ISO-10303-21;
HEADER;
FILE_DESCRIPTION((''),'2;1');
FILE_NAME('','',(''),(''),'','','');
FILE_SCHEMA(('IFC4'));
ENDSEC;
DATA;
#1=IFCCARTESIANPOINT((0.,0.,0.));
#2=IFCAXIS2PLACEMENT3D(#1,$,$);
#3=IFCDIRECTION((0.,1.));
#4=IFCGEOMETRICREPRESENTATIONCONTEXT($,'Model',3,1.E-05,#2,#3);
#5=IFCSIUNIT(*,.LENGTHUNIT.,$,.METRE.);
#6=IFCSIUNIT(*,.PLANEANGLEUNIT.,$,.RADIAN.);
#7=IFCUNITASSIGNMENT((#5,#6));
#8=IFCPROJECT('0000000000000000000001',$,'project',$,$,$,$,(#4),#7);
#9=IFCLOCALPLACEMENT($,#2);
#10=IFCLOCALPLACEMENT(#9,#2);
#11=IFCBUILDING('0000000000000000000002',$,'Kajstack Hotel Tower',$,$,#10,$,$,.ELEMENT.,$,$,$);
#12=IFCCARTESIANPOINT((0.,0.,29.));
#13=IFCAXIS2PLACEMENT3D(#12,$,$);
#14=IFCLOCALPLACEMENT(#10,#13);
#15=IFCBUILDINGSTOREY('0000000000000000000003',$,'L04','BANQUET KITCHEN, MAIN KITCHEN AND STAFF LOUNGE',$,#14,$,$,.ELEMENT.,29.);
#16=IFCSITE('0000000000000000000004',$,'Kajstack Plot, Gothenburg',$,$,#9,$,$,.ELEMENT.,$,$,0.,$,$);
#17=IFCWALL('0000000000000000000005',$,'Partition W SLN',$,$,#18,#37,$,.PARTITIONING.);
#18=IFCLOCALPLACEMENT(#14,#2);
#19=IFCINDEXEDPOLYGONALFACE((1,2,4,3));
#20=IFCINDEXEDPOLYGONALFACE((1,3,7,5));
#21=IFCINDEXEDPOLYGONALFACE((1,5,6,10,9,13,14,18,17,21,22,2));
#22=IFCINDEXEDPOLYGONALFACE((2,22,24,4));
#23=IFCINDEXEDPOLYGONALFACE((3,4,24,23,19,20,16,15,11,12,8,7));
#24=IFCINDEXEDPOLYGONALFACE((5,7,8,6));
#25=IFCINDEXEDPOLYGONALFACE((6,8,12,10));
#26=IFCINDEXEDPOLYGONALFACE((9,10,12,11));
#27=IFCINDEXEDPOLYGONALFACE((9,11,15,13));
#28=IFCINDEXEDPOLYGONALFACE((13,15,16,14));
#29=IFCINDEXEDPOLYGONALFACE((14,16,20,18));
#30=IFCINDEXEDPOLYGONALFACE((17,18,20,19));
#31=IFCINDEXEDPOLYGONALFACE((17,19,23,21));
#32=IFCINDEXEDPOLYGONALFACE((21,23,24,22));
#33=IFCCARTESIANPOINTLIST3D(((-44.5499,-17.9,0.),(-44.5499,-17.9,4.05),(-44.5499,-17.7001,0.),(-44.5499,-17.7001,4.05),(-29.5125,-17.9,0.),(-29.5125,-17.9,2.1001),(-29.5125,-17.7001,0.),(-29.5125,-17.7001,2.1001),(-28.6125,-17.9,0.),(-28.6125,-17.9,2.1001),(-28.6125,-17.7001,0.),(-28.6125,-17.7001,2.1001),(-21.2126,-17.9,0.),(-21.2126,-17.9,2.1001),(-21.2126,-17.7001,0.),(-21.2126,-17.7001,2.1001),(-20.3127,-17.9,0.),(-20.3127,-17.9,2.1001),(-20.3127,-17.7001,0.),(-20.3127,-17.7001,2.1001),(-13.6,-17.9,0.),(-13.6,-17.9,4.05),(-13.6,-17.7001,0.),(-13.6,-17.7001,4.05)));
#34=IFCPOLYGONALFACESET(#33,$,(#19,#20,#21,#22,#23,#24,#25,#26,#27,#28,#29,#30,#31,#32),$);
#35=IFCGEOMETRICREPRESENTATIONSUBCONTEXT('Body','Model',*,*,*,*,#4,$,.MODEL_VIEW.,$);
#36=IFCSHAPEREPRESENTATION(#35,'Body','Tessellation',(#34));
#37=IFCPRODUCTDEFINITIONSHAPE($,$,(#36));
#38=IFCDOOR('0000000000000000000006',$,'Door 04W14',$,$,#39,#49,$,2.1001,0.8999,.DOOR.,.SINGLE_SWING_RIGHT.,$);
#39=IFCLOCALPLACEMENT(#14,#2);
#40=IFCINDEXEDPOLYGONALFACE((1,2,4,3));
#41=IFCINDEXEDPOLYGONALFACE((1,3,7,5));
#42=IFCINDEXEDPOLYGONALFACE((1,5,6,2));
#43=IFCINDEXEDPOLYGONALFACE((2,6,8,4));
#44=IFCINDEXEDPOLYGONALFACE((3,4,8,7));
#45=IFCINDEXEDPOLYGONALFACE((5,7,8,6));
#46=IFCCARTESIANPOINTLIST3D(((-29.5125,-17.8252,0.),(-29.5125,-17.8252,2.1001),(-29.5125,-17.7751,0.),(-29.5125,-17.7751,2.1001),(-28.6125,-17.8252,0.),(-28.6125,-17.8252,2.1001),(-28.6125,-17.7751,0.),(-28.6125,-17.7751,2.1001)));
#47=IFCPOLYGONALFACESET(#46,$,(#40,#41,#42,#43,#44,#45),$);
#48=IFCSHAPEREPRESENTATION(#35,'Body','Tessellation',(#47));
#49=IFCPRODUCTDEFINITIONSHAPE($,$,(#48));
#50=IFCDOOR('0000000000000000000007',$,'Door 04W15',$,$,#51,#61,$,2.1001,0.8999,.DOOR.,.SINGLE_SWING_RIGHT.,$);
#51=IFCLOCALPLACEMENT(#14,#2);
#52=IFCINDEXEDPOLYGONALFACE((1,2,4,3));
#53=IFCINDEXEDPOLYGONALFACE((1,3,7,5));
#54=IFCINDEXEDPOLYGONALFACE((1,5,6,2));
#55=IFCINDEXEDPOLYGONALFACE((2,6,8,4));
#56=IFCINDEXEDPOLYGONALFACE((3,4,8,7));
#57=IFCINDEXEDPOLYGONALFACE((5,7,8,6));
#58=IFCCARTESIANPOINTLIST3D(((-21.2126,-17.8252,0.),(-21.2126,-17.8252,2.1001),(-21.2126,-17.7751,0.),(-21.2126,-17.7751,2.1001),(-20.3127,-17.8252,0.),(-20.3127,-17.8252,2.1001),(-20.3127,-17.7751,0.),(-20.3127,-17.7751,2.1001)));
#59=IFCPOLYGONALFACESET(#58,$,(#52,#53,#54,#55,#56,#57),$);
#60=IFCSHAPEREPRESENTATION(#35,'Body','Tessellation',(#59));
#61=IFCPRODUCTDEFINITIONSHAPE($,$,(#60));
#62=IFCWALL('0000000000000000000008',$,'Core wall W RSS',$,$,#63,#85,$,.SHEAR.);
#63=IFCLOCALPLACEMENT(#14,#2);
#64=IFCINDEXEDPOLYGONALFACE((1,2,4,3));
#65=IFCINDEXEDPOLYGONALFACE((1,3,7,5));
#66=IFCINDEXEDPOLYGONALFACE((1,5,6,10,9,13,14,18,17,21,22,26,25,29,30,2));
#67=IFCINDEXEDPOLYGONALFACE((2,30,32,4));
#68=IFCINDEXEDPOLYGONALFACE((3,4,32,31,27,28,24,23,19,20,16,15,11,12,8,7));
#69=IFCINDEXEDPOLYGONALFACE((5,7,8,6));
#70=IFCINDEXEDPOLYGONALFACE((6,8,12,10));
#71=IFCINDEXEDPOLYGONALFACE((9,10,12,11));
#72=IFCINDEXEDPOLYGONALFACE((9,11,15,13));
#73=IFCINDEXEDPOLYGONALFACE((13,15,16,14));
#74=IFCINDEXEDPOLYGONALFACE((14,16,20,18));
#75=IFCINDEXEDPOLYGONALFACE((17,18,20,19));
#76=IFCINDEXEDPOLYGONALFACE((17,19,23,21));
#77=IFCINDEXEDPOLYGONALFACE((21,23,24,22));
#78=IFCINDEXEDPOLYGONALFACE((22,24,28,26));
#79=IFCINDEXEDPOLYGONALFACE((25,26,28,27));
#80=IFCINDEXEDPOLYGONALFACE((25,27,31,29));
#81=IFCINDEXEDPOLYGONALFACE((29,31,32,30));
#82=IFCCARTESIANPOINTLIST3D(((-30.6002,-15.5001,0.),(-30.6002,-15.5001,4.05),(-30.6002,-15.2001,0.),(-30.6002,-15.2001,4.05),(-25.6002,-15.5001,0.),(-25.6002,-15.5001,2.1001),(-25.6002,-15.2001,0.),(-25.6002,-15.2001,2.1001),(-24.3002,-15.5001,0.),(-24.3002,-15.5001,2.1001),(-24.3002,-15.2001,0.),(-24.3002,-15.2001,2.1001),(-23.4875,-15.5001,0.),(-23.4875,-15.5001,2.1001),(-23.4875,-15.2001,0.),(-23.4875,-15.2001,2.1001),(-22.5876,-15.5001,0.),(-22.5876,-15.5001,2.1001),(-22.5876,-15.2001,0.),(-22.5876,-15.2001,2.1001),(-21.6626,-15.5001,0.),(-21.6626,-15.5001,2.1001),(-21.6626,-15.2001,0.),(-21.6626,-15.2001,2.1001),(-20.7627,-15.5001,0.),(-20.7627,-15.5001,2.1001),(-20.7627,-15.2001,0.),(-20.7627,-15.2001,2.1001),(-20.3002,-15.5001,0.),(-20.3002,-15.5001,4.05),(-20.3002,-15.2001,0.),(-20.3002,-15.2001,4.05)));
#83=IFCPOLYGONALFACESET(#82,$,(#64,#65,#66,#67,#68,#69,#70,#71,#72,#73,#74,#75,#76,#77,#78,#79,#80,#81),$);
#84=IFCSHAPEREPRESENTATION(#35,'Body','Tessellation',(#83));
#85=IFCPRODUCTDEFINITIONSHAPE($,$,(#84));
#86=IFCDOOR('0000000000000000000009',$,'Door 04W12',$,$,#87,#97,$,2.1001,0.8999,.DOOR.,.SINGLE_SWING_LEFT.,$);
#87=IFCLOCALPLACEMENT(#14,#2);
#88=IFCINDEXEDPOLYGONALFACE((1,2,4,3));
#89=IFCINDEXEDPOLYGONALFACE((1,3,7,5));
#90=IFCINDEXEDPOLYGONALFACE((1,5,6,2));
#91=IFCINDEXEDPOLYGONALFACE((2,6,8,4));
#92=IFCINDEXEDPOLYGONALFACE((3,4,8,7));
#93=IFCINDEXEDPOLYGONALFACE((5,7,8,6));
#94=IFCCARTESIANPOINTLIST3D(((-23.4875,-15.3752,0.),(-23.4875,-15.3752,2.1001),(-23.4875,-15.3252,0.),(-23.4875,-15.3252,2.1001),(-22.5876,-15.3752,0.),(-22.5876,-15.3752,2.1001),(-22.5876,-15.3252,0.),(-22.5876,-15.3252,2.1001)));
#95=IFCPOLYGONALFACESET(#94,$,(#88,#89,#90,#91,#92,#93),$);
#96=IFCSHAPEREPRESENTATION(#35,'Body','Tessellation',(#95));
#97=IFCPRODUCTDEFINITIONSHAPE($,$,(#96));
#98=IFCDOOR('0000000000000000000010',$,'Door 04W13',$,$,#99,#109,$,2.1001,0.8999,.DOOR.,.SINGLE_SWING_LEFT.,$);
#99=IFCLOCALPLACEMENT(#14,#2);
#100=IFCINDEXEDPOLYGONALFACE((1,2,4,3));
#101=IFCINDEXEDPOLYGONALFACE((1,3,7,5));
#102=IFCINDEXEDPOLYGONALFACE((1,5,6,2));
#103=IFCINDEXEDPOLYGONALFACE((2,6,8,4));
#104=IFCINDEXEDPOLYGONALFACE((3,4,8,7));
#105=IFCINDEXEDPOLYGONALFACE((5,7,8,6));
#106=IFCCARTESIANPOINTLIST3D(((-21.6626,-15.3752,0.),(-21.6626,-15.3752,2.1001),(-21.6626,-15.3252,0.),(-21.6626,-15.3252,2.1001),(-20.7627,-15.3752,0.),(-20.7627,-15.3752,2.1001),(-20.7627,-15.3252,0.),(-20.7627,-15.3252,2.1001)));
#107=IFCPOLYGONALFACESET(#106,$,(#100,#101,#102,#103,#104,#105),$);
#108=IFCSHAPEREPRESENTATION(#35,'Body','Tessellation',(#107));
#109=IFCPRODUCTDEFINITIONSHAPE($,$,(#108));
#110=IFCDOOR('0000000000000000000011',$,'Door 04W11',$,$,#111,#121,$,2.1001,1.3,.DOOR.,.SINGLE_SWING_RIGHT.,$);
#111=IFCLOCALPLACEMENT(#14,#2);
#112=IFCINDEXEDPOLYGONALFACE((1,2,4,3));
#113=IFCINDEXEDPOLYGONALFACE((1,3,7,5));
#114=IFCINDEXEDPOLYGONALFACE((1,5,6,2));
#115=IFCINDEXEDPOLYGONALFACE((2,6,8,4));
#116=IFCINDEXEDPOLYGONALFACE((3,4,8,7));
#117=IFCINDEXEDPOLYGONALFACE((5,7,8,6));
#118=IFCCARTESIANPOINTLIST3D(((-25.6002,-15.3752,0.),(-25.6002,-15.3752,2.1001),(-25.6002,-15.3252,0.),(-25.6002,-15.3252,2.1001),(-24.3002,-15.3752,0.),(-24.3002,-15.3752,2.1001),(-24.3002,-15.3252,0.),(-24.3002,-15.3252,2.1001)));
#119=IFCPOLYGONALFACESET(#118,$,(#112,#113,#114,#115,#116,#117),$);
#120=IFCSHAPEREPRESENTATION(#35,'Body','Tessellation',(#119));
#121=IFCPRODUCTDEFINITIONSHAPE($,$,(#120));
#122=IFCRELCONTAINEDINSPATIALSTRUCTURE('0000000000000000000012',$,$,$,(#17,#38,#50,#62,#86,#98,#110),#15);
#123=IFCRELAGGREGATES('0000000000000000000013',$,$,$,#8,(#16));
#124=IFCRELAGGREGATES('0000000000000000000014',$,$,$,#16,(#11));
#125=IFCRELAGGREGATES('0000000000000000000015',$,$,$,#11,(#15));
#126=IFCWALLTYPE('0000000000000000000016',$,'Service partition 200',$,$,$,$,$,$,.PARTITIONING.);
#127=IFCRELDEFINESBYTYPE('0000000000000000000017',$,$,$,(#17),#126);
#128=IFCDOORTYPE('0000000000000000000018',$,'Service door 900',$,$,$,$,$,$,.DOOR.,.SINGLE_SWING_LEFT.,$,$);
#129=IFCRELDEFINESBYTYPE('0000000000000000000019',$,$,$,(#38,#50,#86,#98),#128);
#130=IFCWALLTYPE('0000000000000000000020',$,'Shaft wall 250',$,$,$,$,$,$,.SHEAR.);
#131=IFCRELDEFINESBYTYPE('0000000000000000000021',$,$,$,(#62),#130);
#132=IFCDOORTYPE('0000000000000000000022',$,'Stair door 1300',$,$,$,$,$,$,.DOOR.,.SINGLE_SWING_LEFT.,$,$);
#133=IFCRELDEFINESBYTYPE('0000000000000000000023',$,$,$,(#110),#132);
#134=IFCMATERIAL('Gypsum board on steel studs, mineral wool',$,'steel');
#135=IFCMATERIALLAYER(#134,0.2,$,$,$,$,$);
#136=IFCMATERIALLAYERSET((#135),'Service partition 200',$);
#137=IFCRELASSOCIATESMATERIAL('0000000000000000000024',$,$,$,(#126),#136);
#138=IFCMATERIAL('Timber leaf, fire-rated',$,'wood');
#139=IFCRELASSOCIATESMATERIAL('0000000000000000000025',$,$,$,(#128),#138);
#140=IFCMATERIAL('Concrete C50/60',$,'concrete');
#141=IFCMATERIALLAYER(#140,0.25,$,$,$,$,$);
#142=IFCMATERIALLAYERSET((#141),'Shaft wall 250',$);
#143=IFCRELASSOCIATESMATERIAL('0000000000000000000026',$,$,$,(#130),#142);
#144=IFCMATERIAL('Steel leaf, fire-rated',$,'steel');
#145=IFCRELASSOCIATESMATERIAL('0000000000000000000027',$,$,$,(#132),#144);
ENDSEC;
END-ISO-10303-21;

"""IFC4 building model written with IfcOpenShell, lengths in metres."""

from ifc_helpers import new_model, si_unit, direction, frame, frame_2d, origin, place, context, subcontext, project, spatial, rectangle, extrude, material, layer, layer_set, type_object, element, fill, save


model = new_model("IFC4")

# Units and contexts
model_context = context("Model", 3, precision=1e-05, world=origin(), true_north=direction((0.0, 1.0)))
body_context = subcontext(model_context, "Body", "Model", "MODEL_VIEW")
ifc_project = project(units=[si_unit("LENGTHUNIT", "METRE"), si_unit("PLANEANGLEUNIT", "RADIAN")], contexts=[model_context])

# Site, building, storey
site_placement = place(None, origin())
site = spatial("IfcSite", under=ifc_project, at=site_placement, Name="Kajstack Plot, Gothenburg", CompositionType="ELEMENT", RefElevation=0.0)
building_placement = place(site_placement, origin())
building = spatial("IfcBuilding", under=site, at=building_placement, Name="Kajstack Hotel Tower", CompositionType="ELEMENT")
storey_placement = place(building_placement, frame((0.0, 0.0, 29.0)))
storey = spatial("IfcBuildingStorey", under=building, at=storey_placement, Name="L04", Description="BANQUET KITCHEN, MAIN KITCHEN AND STAFF LOUNGE", CompositionType="ELEMENT", Elevation=29.0)

# Shared definitions
ifc_material_1 = material(Name="Gypsum board on steel studs, mineral wool", Category="steel")
ifc_layer_1 = layer(ifc_material_1, 0.2)
ifc_layer_set_1 = layer_set([ifc_layer_1], Name="Service partition 200")
wall_type_1 = type_object("IfcWallType", Name="Service partition 200", PredefinedType="PARTITIONING", material=ifc_layer_set_1)
ifc_material_2 = material(Name="Timber leaf, fire-rated", Category="wood")
door_type_1 = type_object("IfcDoorType", Name="Service door 900", OperationType="SINGLE_SWING_LEFT", PredefinedType="DOOR", material=ifc_material_2)

# Walls, openings, doors
wall_1_placement = place(storey_placement, frame((-44.55, -17.8, 0.0), z_axis=(0.0, 0.0, 1.0), x_axis=(1.0, 0.0, 0.0)))
wall_1 = element("IfcWall", 1, at=wall_1_placement, inside=storey, type_object=wall_type_1, Name="Partition W SLN", PredefinedType="PARTITIONING", context=body_context, shape_type="SweptSolid", body=[
    extrude(rectangle(XDim=30.95, YDim=0.2, at=frame_2d((15.4751, 0.0))), origin(), (0.0, 0.0, 1.0), 4.05),
])
opening_1_placement = place(wall_1_placement, frame((15.0376, 0.0, 0.0)))
opening_1 = element("IfcOpeningElement", 2, at=opening_1_placement, cuts=wall_1, PredefinedType="OPENING", context=body_context, shape_type="SweptSolid", body=[
    extrude(rectangle(XDim=0.8999, YDim=2.1001, at=frame_2d((0.45, 1.05))), frame((0.0, 0.1099, 0.0), z_axis=(0.0, -1.0, 0.0), x_axis=(1.0, 0.0, 0.0)), (0.0, 0.0, 1.0), 0.22),
])
opening_2_placement = place(wall_1_placement, frame((23.3374, 0.0, 0.0)))
opening_2 = element("IfcOpeningElement", 3, at=opening_2_placement, cuts=wall_1, PredefinedType="OPENING", context=body_context, shape_type="SweptSolid", body=[
    extrude(rectangle(XDim=0.8999, YDim=2.1001, at=frame_2d((0.45, 1.05))), frame((0.0, 0.1099, 0.0), z_axis=(0.0, -1.0, 0.0), x_axis=(1.0, 0.0, 0.0)), (0.0, 0.0, 1.0), 0.22),
])
door_1_placement = place(opening_1_placement, origin())
door_1 = element("IfcDoor", 4, at=door_1_placement, inside=storey, type_object=door_type_1, Name="Door 04W14", OperationType="SINGLE_SWING_RIGHT", OverallHeight=2.1001, OverallWidth=0.8999, PredefinedType="DOOR", context=body_context, shape_type="SweptSolid", body=[
    extrude(rectangle(XDim=0.8999, YDim=2.1001, at=frame_2d((0.45, 1.05))), frame((0.0, 0.0249, 0.0), z_axis=(0.0, -1.0, 0.0), x_axis=(1.0, 0.0, 0.0)), (0.0, 0.0, 1.0), 0.05),
])
fill(opening_1, door_1)
door_2_placement = place(opening_2_placement, origin())
door_2 = element("IfcDoor", 5, at=door_2_placement, inside=storey, type_object=door_type_1, Name="Door 04W15", OperationType="SINGLE_SWING_RIGHT", OverallHeight=2.1001, OverallWidth=0.8999, PredefinedType="DOOR", context=body_context, shape_type="SweptSolid", body=[
    extrude(rectangle(XDim=0.8999, YDim=2.1001, at=frame_2d((0.45, 1.05))), frame((0.0, 0.0249, 0.0), z_axis=(0.0, -1.0, 0.0), x_axis=(1.0, 0.0, 0.0)), (0.0, 0.0, 1.0), 0.05),
])
fill(opening_2, door_2)
ifc_material_3 = material(Name="Concrete C50/60", Category="concrete")
ifc_layer_2 = layer(ifc_material_3, 0.25)
ifc_layer_set_2 = layer_set([ifc_layer_2], Name="Shaft wall 250")
wall_type_2 = type_object("IfcWallType", Name="Shaft wall 250", PredefinedType="SHEAR", material=ifc_layer_set_2)
wall_2_placement = place(storey_placement, frame((-30.6001, -15.3501, 0.0), z_axis=(0.0, 0.0, 1.0), x_axis=(1.0, 0.0, 0.0)))
wall_2 = element("IfcWall", 6, at=wall_2_placement, inside=storey, type_object=wall_type_2, Name="Core wall W RSS", PredefinedType="SHEAR", context=body_context, shape_type="SweptSolid", body=[
    extrude(rectangle(XDim=10.3, YDim=0.3, at=frame_2d((5.1499, 0.0))), origin(), (0.0, 0.0, 1.0), 4.05),
])
opening_3_placement = place(wall_2_placement, frame((5.0, 0.0, 0.0)))
opening_3 = element("IfcOpeningElement", 7, at=opening_3_placement, cuts=wall_2, PredefinedType="OPENING", context=body_context, shape_type="SweptSolid", body=[
    extrude(rectangle(XDim=1.3, YDim=2.1001, at=frame_2d((0.6499, 1.05))), frame((0.0, 0.1599, 0.0), z_axis=(0.0, -1.0, 0.0), x_axis=(1.0, 0.0, 0.0)), (0.0, 0.0, 1.0), 0.3201),
])
opening_4_placement = place(wall_2_placement, frame((7.1125, 0.0, 0.0)))
opening_4 = element("IfcOpeningElement", 8, at=opening_4_placement, cuts=wall_2, PredefinedType="OPENING", context=body_context, shape_type="SweptSolid", body=[
    extrude(rectangle(XDim=0.8999, YDim=2.1001, at=frame_2d((0.45, 1.05))), frame((0.0, 0.1599, 0.0), z_axis=(0.0, -1.0, 0.0), x_axis=(1.0, 0.0, 0.0)), (0.0, 0.0, 1.0), 0.3201),
])
opening_5_placement = place(wall_2_placement, frame((8.9375, 0.0, 0.0)))
opening_5 = element("IfcOpeningElement", 9, at=opening_5_placement, cuts=wall_2, PredefinedType="OPENING", context=body_context, shape_type="SweptSolid", body=[
    extrude(rectangle(XDim=0.8999, YDim=2.1001, at=frame_2d((0.45, 1.05))), frame((0.0, 0.1599, 0.0), z_axis=(0.0, -1.0, 0.0), x_axis=(1.0, 0.0, 0.0)), (0.0, 0.0, 1.0), 0.3201),
])
door_3_placement = place(opening_4_placement, origin())
door_3 = element("IfcDoor", 10, at=door_3_placement, inside=storey, type_object=door_type_1, Name="Door 04W12", OperationType="SINGLE_SWING_LEFT", OverallHeight=2.1001, OverallWidth=0.8999, PredefinedType="DOOR", context=body_context, shape_type="SweptSolid", body=[
    extrude(rectangle(XDim=0.8999, YDim=2.1001, at=frame_2d((0.45, 1.05))), frame((0.0, 0.0249, 0.0), z_axis=(0.0, -1.0, 0.0), x_axis=(1.0, 0.0, 0.0)), (0.0, 0.0, 1.0), 0.05),
])
fill(opening_4, door_3)
door_4_placement = place(opening_5_placement, origin())
door_4 = element("IfcDoor", 11, at=door_4_placement, inside=storey, type_object=door_type_1, Name="Door 04W13", OperationType="SINGLE_SWING_LEFT", OverallHeight=2.1001, OverallWidth=0.8999, PredefinedType="DOOR", context=body_context, shape_type="SweptSolid", body=[
    extrude(rectangle(XDim=0.8999, YDim=2.1001, at=frame_2d((0.45, 1.05))), frame((0.0, 0.0249, 0.0), z_axis=(0.0, -1.0, 0.0), x_axis=(1.0, 0.0, 0.0)), (0.0, 0.0, 1.0), 0.05),
])
fill(opening_5, door_4)
ifc_material_4 = material(Name="Steel leaf, fire-rated", Category="steel")
door_type_2 = type_object("IfcDoorType", Name="Stair door 1300", OperationType="SINGLE_SWING_LEFT", PredefinedType="DOOR", material=ifc_material_4)
door_5_placement = place(opening_3_placement, origin())
door_5 = element("IfcDoor", 12, at=door_5_placement, inside=storey, type_object=door_type_2, Name="Door 04W11", OperationType="SINGLE_SWING_RIGHT", OverallHeight=2.1001, OverallWidth=1.3, PredefinedType="DOOR", context=body_context, shape_type="SweptSolid", body=[
    extrude(rectangle(XDim=1.3, YDim=2.1001, at=frame_2d((0.6499, 1.05))), frame((0.0, 0.0249, 0.0), z_axis=(0.0, -1.0, 0.0), x_axis=(1.0, 0.0, 0.0)), (0.0, 0.0, 1.0), 0.05),
])
fill(opening_3, door_5)

save(model, "model.ifc")
